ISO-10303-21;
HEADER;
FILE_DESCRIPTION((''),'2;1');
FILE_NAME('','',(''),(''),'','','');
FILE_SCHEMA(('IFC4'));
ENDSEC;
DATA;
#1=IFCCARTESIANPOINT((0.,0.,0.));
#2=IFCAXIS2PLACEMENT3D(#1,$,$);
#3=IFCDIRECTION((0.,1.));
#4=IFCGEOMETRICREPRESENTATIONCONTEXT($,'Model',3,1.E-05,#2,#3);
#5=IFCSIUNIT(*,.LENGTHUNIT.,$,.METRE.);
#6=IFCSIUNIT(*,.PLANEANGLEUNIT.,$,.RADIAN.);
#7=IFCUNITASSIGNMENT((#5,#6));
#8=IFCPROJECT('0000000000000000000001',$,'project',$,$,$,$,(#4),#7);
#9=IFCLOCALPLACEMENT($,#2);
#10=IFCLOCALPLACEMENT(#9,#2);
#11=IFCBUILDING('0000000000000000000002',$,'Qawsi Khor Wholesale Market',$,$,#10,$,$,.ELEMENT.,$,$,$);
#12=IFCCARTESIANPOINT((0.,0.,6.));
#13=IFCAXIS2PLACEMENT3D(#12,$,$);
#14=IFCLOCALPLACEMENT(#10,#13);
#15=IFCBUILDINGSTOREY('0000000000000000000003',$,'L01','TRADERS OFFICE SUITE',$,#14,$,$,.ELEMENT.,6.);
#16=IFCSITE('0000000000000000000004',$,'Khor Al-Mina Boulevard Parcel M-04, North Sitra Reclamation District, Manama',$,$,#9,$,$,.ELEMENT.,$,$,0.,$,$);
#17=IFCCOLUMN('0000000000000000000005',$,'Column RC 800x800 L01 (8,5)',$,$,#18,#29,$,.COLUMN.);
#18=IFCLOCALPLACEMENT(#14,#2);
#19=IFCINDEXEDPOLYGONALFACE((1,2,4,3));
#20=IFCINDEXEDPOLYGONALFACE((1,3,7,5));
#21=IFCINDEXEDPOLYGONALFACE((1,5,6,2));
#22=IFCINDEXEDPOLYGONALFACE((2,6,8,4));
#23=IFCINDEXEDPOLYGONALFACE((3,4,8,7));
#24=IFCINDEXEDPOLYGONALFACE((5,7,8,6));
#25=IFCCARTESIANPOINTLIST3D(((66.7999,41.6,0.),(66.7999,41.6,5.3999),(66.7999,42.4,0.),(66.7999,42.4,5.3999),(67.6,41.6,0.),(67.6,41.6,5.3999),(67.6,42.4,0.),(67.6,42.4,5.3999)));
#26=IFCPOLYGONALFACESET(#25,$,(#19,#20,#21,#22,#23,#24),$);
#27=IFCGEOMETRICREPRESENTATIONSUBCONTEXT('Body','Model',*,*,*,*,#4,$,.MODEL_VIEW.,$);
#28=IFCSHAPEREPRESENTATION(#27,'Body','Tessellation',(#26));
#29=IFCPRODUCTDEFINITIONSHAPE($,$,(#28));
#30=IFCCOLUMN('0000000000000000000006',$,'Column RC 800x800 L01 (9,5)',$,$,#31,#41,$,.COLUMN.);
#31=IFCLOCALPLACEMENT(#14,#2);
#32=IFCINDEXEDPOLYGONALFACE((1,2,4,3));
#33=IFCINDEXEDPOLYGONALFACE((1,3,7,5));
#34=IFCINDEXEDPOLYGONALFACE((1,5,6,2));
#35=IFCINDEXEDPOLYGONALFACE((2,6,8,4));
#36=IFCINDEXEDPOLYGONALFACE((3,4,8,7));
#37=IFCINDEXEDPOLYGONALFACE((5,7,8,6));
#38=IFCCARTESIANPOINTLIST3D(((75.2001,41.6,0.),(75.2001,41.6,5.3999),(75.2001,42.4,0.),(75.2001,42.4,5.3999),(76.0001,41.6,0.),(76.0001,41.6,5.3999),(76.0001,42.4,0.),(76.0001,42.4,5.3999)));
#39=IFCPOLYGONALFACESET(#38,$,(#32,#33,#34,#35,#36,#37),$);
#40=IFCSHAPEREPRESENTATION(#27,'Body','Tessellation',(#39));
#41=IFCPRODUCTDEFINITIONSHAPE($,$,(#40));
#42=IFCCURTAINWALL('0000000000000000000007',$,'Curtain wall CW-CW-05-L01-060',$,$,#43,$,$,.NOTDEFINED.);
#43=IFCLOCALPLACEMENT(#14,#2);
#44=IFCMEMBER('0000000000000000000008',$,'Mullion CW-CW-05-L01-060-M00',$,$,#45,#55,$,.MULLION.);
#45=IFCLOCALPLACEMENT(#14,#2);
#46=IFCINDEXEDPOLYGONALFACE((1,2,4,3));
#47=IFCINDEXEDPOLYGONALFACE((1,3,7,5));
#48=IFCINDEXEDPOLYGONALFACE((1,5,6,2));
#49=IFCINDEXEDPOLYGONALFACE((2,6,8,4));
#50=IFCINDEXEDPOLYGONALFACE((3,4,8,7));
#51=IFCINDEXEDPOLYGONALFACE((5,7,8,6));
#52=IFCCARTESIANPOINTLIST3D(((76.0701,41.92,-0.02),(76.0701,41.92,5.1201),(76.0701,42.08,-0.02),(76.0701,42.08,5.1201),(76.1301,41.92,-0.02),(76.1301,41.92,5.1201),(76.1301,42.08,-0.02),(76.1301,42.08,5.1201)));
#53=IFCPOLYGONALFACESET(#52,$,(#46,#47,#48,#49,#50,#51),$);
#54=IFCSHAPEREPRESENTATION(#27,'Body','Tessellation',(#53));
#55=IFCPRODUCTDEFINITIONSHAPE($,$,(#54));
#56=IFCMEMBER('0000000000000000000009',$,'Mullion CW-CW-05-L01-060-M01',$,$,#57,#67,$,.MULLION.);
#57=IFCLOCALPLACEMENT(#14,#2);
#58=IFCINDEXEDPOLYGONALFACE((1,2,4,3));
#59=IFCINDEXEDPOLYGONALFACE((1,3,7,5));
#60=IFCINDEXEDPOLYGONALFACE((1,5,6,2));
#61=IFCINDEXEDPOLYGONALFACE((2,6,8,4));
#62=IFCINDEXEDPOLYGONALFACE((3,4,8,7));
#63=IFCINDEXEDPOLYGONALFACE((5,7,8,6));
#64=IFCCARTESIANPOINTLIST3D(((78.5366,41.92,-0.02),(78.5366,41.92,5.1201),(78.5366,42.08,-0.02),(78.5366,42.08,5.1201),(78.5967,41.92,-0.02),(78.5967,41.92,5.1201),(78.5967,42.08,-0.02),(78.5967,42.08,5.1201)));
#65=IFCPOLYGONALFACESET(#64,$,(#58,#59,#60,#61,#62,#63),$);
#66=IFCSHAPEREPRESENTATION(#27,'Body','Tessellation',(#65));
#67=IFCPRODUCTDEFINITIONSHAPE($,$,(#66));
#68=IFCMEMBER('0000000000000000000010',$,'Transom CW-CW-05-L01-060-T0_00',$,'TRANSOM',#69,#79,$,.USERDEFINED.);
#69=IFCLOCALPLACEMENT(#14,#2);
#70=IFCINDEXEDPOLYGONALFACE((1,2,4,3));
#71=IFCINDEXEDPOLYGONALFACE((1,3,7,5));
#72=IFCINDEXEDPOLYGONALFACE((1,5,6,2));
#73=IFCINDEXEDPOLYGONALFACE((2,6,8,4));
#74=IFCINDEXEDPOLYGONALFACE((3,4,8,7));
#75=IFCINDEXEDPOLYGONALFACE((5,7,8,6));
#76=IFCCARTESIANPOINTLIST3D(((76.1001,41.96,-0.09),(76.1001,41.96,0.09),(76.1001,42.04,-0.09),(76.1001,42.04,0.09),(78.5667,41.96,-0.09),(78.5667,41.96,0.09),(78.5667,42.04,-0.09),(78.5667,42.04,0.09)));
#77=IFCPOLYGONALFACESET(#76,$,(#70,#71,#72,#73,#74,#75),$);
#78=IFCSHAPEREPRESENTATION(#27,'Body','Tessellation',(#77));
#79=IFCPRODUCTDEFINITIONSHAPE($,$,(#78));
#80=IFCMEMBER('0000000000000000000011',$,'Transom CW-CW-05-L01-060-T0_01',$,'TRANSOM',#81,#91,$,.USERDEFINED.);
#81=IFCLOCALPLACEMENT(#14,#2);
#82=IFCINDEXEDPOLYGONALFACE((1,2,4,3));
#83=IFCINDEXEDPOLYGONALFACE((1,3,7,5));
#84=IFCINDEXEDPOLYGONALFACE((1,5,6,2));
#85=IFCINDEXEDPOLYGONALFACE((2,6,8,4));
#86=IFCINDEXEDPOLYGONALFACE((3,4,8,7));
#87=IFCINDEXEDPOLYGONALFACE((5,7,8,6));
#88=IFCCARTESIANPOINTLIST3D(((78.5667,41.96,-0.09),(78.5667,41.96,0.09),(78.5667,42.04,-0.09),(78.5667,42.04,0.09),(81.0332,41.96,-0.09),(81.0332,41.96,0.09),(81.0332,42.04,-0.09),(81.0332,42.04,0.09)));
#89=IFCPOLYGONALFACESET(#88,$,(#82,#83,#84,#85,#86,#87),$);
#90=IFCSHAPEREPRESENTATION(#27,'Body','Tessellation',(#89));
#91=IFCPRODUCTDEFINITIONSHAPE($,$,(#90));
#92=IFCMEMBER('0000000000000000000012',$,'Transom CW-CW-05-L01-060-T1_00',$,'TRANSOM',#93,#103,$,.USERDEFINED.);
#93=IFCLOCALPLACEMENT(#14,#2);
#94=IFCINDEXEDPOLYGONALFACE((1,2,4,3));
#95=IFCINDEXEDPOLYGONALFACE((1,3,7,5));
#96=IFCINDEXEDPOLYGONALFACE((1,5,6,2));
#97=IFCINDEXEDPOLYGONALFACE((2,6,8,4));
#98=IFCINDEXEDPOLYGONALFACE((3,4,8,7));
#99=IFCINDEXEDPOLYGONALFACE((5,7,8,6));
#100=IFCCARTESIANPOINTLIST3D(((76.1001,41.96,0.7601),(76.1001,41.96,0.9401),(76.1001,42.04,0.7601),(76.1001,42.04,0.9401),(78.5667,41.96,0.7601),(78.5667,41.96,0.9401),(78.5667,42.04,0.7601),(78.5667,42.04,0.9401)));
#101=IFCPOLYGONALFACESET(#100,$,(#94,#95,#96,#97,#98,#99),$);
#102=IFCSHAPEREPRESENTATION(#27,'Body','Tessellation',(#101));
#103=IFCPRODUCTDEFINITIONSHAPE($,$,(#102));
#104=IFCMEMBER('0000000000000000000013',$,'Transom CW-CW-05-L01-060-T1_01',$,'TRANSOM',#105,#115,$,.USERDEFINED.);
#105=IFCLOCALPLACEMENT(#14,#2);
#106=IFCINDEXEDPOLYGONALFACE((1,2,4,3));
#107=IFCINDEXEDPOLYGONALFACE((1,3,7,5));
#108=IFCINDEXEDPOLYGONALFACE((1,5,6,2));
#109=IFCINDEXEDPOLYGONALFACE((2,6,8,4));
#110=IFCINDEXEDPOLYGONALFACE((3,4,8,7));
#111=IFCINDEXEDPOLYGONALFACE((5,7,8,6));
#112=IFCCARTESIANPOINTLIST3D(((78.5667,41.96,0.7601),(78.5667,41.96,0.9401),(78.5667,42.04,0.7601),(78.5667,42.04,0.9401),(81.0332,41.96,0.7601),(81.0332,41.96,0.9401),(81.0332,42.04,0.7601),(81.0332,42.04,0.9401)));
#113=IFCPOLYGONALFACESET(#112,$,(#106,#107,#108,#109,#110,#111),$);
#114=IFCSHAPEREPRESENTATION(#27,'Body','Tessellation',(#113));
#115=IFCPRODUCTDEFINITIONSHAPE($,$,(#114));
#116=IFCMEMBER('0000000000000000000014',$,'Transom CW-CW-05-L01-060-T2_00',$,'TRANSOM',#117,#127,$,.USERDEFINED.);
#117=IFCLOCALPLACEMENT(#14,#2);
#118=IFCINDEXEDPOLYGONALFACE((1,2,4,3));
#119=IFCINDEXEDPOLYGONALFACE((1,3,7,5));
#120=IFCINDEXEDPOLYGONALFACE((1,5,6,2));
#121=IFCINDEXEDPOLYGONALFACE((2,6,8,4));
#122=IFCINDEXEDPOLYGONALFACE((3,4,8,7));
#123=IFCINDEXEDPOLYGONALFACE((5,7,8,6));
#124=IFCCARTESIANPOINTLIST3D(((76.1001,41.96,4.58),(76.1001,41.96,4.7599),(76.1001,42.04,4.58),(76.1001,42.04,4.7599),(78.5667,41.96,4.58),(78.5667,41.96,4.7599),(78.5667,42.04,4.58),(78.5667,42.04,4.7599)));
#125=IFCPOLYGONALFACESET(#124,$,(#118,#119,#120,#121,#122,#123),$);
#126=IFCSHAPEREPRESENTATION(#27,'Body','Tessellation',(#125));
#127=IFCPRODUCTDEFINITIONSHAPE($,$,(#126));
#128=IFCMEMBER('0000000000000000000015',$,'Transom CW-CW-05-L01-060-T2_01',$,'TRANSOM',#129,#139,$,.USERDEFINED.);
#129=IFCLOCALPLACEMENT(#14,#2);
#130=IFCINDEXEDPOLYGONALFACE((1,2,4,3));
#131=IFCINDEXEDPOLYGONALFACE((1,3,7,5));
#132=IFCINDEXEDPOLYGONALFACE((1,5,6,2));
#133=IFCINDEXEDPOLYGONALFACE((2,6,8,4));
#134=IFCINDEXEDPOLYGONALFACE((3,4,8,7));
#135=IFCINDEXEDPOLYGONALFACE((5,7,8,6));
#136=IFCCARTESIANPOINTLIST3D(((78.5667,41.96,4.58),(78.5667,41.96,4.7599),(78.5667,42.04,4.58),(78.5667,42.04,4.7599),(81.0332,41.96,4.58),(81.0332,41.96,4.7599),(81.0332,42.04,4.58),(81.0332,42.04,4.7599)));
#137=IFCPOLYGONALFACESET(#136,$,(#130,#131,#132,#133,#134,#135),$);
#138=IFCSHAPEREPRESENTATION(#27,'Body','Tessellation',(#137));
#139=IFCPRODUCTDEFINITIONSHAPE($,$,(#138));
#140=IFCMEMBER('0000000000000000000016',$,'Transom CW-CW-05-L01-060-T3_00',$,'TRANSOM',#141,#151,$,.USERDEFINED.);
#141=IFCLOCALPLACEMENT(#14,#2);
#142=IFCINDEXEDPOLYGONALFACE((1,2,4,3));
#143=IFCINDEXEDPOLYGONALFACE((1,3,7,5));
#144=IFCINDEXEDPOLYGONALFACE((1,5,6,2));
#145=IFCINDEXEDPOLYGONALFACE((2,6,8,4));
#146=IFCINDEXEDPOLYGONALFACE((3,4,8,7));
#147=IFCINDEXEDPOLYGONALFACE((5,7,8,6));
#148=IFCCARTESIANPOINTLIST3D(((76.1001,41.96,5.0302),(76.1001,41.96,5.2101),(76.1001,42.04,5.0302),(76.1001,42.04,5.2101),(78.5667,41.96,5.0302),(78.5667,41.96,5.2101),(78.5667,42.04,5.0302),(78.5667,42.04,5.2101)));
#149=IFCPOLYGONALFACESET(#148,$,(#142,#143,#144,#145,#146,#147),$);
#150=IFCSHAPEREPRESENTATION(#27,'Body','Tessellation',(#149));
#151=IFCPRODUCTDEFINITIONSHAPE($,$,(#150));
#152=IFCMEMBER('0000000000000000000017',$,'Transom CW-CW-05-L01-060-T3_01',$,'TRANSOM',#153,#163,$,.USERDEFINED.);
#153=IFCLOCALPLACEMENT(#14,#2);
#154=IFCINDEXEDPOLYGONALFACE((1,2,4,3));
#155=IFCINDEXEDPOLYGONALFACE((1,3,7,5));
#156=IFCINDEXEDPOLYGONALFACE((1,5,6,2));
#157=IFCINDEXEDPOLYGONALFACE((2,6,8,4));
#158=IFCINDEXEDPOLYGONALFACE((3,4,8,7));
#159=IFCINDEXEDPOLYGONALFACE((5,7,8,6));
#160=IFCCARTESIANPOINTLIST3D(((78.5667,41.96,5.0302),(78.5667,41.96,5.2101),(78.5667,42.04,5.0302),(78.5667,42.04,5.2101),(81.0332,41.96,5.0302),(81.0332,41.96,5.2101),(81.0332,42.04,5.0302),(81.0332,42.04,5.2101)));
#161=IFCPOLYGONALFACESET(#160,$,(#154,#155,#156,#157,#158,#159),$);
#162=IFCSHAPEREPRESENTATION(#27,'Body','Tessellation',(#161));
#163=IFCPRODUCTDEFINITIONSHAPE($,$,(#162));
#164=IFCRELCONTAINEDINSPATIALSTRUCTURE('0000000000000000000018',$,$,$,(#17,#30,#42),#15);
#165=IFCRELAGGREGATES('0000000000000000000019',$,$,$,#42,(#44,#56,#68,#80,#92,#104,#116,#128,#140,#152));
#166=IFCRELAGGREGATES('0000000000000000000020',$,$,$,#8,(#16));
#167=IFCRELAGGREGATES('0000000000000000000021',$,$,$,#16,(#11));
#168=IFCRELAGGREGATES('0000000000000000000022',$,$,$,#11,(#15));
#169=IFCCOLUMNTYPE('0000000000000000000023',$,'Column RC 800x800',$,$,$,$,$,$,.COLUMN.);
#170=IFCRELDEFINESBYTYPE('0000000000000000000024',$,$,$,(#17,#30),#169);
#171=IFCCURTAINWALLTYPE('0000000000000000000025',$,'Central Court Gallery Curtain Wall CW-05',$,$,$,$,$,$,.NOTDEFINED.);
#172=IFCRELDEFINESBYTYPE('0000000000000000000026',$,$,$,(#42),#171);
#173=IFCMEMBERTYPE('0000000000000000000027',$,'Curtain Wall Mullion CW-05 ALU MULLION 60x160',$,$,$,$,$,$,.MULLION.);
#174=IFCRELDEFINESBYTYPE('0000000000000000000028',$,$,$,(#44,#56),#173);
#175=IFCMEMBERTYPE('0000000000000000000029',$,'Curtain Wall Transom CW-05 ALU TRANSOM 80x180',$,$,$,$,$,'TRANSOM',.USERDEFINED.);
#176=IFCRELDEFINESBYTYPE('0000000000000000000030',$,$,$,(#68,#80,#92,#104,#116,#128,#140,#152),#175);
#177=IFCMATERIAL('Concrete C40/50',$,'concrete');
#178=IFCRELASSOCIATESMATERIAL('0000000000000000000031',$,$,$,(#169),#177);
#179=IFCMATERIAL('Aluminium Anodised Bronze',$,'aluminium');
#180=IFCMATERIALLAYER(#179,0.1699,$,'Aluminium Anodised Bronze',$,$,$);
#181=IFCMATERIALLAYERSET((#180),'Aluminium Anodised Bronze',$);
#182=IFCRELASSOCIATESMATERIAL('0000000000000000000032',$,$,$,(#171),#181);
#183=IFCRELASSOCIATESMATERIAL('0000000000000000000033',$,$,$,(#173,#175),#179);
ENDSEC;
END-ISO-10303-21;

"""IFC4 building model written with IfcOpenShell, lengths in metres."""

from ifc_helpers import new_model, si_unit, direction, frame, origin, origin_2d, place, context, subcontext, project, spatial, rectangle, extrude, material, layer, layer_set, material_profile, profile_set, type_object, element, aggregate, save


model = new_model("IFC4")

# Units and contexts
model_context = context("Model", 3, precision=1e-05, world=origin(), true_north=direction((0.0, 1.0)))
body_context = subcontext(model_context, "Body", "Model", "MODEL_VIEW")
ifc_project = project(units=[si_unit("LENGTHUNIT", "METRE"), si_unit("PLANEANGLEUNIT", "RADIAN")], contexts=[model_context])

# Site, building, storey
site_placement = place(None, origin())
site = spatial("IfcSite", under=ifc_project, at=site_placement, Name="Khor Al-Mina Boulevard Parcel M-04, North Sitra Reclamation District, Manama", CompositionType="ELEMENT", RefElevation=0.0)
building_placement = place(site_placement, origin())
building = spatial("IfcBuilding", under=site, at=building_placement, Name="Qawsi Khor Wholesale Market", CompositionType="ELEMENT")
storey_placement = place(building_placement, frame((0.0, 0.0, 6.0)))
storey = spatial("IfcBuildingStorey", under=building, at=storey_placement, Name="L01", Description="TRADERS OFFICE SUITE", CompositionType="ELEMENT", Elevation=6.0)

# Columns
ifc_material_1 = material(Name="Concrete C40/50", Category="concrete")
ifc_material_profile_1 = material_profile(ifc_material_1, rectangle(XDim=0.8, YDim=0.8, at=origin_2d()), Name="RC 800x800")
ifc_profile_set_1 = profile_set([ifc_material_profile_1], Name="Concrete C40/50")
column_type = type_object("IfcColumnType", Name="Column RC 800x800", PredefinedType="COLUMN", material=ifc_profile_set_1)
for number, where, z_axis, x_axis, name in (
    (1, (67.2, 42.0, 0.0), (0.0, 0.0, 1.0), (1.0, 0.0, 0.0), "Column RC 800x800 L01 (8,5)"),
    (2, (75.6001, 42.0, 0.0), (0.0, 0.0, 1.0), (1.0, 0.0, 0.0), "Column RC 800x800 L01 (9,5)"),
):
    element("IfcColumn", number, at=place(storey_placement, frame(where, z_axis=z_axis, x_axis=x_axis)), inside=storey, type_object=column_type, Name=name, PredefinedType="COLUMN", context=body_context, shape_type="SweptSolid", body=[
        extrude(rectangle(XDim=0.8, YDim=0.8, at=origin_2d()), origin(), (0.0, 0.0, 1.0), 5.3999),
    ])

# Curtain wall, members
ifc_material_2 = material(Name="Aluminium Anodised Bronze", Category="aluminium")
ifc_layer_1 = layer(ifc_material_2, 0.1699, Name="Aluminium Anodised Bronze")
ifc_layer_set_1 = layer_set([ifc_layer_1], Name="Aluminium Anodised Bronze")
curtain_wall_type = type_object("IfcCurtainWallType", Name="Central Court Gallery Curtain Wall CW-05", PredefinedType="NOTDEFINED", material=ifc_layer_set_1)
curtain_wall_placement = place(storey_placement, origin())
curtain_wall = element("IfcCurtainWall", 3, at=curtain_wall_placement, inside=storey, type_object=curtain_wall_type, Name="Curtain wall CW-CW-05-L01-060", PredefinedType="NOTDEFINED")
ifc_material_profile_2 = material_profile(ifc_material_2, rectangle(XDim=0.0601, YDim=0.1599, at=origin_2d()), Name="ALU MULLION 60x160")
ifc_profile_set_2 = profile_set([ifc_material_profile_2], Name="Aluminium Anodised Bronze")
member_type_1 = type_object("IfcMemberType", Name="Curtain Wall Mullion CW-05 ALU MULLION 60x160", PredefinedType="MULLION", material=ifc_profile_set_2)
member_1_placement = place(storey_placement, frame((76.1001, 42.0, -0.02), z_axis=(0.0, 0.0, 1.0), x_axis=(1.0, 0.0, 0.0)))
member_1 = element("IfcMember", 4, at=member_1_placement, type_object=member_type_1, Name="Mullion CW-CW-05-L01-060-M00", PredefinedType="MULLION", context=body_context, shape_type="SweptSolid", body=[
    extrude(rectangle(XDim=0.0601, YDim=0.1599, at=origin_2d()), origin(), (0.0, 0.0, 1.0), 5.1401),
])
member_2_placement = place(storey_placement, frame((78.5667, 42.0, -0.02), z_axis=(0.0, 0.0, 1.0), x_axis=(1.0, 0.0, 0.0)))
member_2 = element("IfcMember", 5, at=member_2_placement, type_object=member_type_1, Name="Mullion CW-CW-05-L01-060-M01", PredefinedType="MULLION", context=body_context, shape_type="SweptSolid", body=[
    extrude(rectangle(XDim=0.0601, YDim=0.1599, at=origin_2d()), origin(), (0.0, 0.0, 1.0), 5.1401),
])
ifc_material_profile_3 = material_profile(ifc_material_2, rectangle(XDim=0.0801, YDim=0.1799, at=origin_2d()), Name="ALU TRANSOM 80x180")
ifc_profile_set_3 = profile_set([ifc_material_profile_3], Name="Aluminium Anodised Bronze")
member_type_2 = type_object("IfcMemberType", Name="Curtain Wall Transom CW-05 ALU TRANSOM 80x180", ElementType="TRANSOM", PredefinedType="USERDEFINED", material=ifc_profile_set_3)
member_3_placement = place(storey_placement, frame((76.1001, 42.0, 0.0), z_axis=(1.0, 0.0, 0.0), x_axis=(0.0, 1.0, 0.0)))
member_3 = element("IfcMember", 6, at=member_3_placement, type_object=member_type_2, Name="Transom CW-CW-05-L01-060-T0_00", ObjectType="TRANSOM", PredefinedType="USERDEFINED", context=body_context, shape_type="SweptSolid", body=[
    extrude(rectangle(XDim=0.0801, YDim=0.1799, at=origin_2d()), origin(), (0.0, 0.0, 1.0), 2.4666),
])
member_4_placement = place(storey_placement, frame((78.5667, 42.0, 0.0), z_axis=(1.0, 0.0, 0.0), x_axis=(0.0, 1.0, 0.0)))
member_4 = element("IfcMember", 7, at=member_4_placement, type_object=member_type_2, Name="Transom CW-CW-05-L01-060-T0_01", ObjectType="TRANSOM", PredefinedType="USERDEFINED", context=body_context, shape_type="SweptSolid", body=[
    extrude(rectangle(XDim=0.0801, YDim=0.1799, at=origin_2d()), origin(), (0.0, 0.0, 1.0), 2.4666),
])
member_5_placement = place(storey_placement, frame((76.1001, 42.0, 0.8501), z_axis=(1.0, 0.0, 0.0), x_axis=(0.0, 1.0, 0.0)))
member_5 = element("IfcMember", 8, at=member_5_placement, type_object=member_type_2, Name="Transom CW-CW-05-L01-060-T1_00", ObjectType="TRANSOM", PredefinedType="USERDEFINED", context=body_context, shape_type="SweptSolid", body=[
    extrude(rectangle(XDim=0.0801, YDim=0.1799, at=origin_2d()), origin(), (0.0, 0.0, 1.0), 2.4666),
])
member_6_placement = place(storey_placement, frame((78.5667, 42.0, 0.8501), z_axis=(1.0, 0.0, 0.0), x_axis=(0.0, 1.0, 0.0)))
member_6 = element("IfcMember", 9, at=member_6_placement, type_object=member_type_2, Name="Transom CW-CW-05-L01-060-T1_01", ObjectType="TRANSOM", PredefinedType="USERDEFINED", context=body_context, shape_type="SweptSolid", body=[
    extrude(rectangle(XDim=0.0801, YDim=0.1799, at=origin_2d()), origin(), (0.0, 0.0, 1.0), 2.4666),
])
member_7_placement = place(storey_placement, frame((76.1001, 42.0, 4.6699), z_axis=(1.0, 0.0, 0.0), x_axis=(0.0, 1.0, 0.0)))
member_7 = element("IfcMember", 10, at=member_7_placement, type_object=member_type_2, Name="Transom CW-CW-05-L01-060-T2_00", ObjectType="TRANSOM", PredefinedType="USERDEFINED", context=body_context, shape_type="SweptSolid", body=[
    extrude(rectangle(XDim=0.0801, YDim=0.1799, at=origin_2d()), origin(), (0.0, 0.0, 1.0), 2.4666),
])
member_8_placement = place(storey_placement, frame((78.5667, 42.0, 4.6699), z_axis=(1.0, 0.0, 0.0), x_axis=(0.0, 1.0, 0.0)))
member_8 = element("IfcMember", 11, at=member_8_placement, type_object=member_type_2, Name="Transom CW-CW-05-L01-060-T2_01", ObjectType="TRANSOM", PredefinedType="USERDEFINED", context=body_context, shape_type="SweptSolid", body=[
    extrude(rectangle(XDim=0.0801, YDim=0.1799, at=origin_2d()), origin(), (0.0, 0.0, 1.0), 2.4666),
])
member_9_placement = place(storey_placement, frame((76.1001, 42.0, 5.1201), z_axis=(1.0, 0.0, 0.0), x_axis=(0.0, 1.0, 0.0)))
member_9 = element("IfcMember", 12, at=member_9_placement, type_object=member_type_2, Name="Transom CW-CW-05-L01-060-T3_00", ObjectType="TRANSOM", PredefinedType="USERDEFINED", context=body_context, shape_type="SweptSolid", body=[
    extrude(rectangle(XDim=0.0801, YDim=0.1799, at=origin_2d()), origin(), (0.0, 0.0, 1.0), 2.4666),
])
member_10_placement = place(storey_placement, frame((78.5667, 42.0, 5.1201), z_axis=(1.0, 0.0, 0.0), x_axis=(0.0, 1.0, 0.0)))
member_10 = element("IfcMember", 13, at=member_10_placement, type_object=member_type_2, Name="Transom CW-CW-05-L01-060-T3_01", ObjectType="TRANSOM", PredefinedType="USERDEFINED", context=body_context, shape_type="SweptSolid", body=[
    extrude(rectangle(XDim=0.0801, YDim=0.1799, at=origin_2d()), origin(), (0.0, 0.0, 1.0), 2.4666),
])

aggregate(curtain_wall, [member_1, member_2, member_3, member_4, member_5, member_6, member_7, member_8, member_9, member_10])

save(model, "model.ifc")
